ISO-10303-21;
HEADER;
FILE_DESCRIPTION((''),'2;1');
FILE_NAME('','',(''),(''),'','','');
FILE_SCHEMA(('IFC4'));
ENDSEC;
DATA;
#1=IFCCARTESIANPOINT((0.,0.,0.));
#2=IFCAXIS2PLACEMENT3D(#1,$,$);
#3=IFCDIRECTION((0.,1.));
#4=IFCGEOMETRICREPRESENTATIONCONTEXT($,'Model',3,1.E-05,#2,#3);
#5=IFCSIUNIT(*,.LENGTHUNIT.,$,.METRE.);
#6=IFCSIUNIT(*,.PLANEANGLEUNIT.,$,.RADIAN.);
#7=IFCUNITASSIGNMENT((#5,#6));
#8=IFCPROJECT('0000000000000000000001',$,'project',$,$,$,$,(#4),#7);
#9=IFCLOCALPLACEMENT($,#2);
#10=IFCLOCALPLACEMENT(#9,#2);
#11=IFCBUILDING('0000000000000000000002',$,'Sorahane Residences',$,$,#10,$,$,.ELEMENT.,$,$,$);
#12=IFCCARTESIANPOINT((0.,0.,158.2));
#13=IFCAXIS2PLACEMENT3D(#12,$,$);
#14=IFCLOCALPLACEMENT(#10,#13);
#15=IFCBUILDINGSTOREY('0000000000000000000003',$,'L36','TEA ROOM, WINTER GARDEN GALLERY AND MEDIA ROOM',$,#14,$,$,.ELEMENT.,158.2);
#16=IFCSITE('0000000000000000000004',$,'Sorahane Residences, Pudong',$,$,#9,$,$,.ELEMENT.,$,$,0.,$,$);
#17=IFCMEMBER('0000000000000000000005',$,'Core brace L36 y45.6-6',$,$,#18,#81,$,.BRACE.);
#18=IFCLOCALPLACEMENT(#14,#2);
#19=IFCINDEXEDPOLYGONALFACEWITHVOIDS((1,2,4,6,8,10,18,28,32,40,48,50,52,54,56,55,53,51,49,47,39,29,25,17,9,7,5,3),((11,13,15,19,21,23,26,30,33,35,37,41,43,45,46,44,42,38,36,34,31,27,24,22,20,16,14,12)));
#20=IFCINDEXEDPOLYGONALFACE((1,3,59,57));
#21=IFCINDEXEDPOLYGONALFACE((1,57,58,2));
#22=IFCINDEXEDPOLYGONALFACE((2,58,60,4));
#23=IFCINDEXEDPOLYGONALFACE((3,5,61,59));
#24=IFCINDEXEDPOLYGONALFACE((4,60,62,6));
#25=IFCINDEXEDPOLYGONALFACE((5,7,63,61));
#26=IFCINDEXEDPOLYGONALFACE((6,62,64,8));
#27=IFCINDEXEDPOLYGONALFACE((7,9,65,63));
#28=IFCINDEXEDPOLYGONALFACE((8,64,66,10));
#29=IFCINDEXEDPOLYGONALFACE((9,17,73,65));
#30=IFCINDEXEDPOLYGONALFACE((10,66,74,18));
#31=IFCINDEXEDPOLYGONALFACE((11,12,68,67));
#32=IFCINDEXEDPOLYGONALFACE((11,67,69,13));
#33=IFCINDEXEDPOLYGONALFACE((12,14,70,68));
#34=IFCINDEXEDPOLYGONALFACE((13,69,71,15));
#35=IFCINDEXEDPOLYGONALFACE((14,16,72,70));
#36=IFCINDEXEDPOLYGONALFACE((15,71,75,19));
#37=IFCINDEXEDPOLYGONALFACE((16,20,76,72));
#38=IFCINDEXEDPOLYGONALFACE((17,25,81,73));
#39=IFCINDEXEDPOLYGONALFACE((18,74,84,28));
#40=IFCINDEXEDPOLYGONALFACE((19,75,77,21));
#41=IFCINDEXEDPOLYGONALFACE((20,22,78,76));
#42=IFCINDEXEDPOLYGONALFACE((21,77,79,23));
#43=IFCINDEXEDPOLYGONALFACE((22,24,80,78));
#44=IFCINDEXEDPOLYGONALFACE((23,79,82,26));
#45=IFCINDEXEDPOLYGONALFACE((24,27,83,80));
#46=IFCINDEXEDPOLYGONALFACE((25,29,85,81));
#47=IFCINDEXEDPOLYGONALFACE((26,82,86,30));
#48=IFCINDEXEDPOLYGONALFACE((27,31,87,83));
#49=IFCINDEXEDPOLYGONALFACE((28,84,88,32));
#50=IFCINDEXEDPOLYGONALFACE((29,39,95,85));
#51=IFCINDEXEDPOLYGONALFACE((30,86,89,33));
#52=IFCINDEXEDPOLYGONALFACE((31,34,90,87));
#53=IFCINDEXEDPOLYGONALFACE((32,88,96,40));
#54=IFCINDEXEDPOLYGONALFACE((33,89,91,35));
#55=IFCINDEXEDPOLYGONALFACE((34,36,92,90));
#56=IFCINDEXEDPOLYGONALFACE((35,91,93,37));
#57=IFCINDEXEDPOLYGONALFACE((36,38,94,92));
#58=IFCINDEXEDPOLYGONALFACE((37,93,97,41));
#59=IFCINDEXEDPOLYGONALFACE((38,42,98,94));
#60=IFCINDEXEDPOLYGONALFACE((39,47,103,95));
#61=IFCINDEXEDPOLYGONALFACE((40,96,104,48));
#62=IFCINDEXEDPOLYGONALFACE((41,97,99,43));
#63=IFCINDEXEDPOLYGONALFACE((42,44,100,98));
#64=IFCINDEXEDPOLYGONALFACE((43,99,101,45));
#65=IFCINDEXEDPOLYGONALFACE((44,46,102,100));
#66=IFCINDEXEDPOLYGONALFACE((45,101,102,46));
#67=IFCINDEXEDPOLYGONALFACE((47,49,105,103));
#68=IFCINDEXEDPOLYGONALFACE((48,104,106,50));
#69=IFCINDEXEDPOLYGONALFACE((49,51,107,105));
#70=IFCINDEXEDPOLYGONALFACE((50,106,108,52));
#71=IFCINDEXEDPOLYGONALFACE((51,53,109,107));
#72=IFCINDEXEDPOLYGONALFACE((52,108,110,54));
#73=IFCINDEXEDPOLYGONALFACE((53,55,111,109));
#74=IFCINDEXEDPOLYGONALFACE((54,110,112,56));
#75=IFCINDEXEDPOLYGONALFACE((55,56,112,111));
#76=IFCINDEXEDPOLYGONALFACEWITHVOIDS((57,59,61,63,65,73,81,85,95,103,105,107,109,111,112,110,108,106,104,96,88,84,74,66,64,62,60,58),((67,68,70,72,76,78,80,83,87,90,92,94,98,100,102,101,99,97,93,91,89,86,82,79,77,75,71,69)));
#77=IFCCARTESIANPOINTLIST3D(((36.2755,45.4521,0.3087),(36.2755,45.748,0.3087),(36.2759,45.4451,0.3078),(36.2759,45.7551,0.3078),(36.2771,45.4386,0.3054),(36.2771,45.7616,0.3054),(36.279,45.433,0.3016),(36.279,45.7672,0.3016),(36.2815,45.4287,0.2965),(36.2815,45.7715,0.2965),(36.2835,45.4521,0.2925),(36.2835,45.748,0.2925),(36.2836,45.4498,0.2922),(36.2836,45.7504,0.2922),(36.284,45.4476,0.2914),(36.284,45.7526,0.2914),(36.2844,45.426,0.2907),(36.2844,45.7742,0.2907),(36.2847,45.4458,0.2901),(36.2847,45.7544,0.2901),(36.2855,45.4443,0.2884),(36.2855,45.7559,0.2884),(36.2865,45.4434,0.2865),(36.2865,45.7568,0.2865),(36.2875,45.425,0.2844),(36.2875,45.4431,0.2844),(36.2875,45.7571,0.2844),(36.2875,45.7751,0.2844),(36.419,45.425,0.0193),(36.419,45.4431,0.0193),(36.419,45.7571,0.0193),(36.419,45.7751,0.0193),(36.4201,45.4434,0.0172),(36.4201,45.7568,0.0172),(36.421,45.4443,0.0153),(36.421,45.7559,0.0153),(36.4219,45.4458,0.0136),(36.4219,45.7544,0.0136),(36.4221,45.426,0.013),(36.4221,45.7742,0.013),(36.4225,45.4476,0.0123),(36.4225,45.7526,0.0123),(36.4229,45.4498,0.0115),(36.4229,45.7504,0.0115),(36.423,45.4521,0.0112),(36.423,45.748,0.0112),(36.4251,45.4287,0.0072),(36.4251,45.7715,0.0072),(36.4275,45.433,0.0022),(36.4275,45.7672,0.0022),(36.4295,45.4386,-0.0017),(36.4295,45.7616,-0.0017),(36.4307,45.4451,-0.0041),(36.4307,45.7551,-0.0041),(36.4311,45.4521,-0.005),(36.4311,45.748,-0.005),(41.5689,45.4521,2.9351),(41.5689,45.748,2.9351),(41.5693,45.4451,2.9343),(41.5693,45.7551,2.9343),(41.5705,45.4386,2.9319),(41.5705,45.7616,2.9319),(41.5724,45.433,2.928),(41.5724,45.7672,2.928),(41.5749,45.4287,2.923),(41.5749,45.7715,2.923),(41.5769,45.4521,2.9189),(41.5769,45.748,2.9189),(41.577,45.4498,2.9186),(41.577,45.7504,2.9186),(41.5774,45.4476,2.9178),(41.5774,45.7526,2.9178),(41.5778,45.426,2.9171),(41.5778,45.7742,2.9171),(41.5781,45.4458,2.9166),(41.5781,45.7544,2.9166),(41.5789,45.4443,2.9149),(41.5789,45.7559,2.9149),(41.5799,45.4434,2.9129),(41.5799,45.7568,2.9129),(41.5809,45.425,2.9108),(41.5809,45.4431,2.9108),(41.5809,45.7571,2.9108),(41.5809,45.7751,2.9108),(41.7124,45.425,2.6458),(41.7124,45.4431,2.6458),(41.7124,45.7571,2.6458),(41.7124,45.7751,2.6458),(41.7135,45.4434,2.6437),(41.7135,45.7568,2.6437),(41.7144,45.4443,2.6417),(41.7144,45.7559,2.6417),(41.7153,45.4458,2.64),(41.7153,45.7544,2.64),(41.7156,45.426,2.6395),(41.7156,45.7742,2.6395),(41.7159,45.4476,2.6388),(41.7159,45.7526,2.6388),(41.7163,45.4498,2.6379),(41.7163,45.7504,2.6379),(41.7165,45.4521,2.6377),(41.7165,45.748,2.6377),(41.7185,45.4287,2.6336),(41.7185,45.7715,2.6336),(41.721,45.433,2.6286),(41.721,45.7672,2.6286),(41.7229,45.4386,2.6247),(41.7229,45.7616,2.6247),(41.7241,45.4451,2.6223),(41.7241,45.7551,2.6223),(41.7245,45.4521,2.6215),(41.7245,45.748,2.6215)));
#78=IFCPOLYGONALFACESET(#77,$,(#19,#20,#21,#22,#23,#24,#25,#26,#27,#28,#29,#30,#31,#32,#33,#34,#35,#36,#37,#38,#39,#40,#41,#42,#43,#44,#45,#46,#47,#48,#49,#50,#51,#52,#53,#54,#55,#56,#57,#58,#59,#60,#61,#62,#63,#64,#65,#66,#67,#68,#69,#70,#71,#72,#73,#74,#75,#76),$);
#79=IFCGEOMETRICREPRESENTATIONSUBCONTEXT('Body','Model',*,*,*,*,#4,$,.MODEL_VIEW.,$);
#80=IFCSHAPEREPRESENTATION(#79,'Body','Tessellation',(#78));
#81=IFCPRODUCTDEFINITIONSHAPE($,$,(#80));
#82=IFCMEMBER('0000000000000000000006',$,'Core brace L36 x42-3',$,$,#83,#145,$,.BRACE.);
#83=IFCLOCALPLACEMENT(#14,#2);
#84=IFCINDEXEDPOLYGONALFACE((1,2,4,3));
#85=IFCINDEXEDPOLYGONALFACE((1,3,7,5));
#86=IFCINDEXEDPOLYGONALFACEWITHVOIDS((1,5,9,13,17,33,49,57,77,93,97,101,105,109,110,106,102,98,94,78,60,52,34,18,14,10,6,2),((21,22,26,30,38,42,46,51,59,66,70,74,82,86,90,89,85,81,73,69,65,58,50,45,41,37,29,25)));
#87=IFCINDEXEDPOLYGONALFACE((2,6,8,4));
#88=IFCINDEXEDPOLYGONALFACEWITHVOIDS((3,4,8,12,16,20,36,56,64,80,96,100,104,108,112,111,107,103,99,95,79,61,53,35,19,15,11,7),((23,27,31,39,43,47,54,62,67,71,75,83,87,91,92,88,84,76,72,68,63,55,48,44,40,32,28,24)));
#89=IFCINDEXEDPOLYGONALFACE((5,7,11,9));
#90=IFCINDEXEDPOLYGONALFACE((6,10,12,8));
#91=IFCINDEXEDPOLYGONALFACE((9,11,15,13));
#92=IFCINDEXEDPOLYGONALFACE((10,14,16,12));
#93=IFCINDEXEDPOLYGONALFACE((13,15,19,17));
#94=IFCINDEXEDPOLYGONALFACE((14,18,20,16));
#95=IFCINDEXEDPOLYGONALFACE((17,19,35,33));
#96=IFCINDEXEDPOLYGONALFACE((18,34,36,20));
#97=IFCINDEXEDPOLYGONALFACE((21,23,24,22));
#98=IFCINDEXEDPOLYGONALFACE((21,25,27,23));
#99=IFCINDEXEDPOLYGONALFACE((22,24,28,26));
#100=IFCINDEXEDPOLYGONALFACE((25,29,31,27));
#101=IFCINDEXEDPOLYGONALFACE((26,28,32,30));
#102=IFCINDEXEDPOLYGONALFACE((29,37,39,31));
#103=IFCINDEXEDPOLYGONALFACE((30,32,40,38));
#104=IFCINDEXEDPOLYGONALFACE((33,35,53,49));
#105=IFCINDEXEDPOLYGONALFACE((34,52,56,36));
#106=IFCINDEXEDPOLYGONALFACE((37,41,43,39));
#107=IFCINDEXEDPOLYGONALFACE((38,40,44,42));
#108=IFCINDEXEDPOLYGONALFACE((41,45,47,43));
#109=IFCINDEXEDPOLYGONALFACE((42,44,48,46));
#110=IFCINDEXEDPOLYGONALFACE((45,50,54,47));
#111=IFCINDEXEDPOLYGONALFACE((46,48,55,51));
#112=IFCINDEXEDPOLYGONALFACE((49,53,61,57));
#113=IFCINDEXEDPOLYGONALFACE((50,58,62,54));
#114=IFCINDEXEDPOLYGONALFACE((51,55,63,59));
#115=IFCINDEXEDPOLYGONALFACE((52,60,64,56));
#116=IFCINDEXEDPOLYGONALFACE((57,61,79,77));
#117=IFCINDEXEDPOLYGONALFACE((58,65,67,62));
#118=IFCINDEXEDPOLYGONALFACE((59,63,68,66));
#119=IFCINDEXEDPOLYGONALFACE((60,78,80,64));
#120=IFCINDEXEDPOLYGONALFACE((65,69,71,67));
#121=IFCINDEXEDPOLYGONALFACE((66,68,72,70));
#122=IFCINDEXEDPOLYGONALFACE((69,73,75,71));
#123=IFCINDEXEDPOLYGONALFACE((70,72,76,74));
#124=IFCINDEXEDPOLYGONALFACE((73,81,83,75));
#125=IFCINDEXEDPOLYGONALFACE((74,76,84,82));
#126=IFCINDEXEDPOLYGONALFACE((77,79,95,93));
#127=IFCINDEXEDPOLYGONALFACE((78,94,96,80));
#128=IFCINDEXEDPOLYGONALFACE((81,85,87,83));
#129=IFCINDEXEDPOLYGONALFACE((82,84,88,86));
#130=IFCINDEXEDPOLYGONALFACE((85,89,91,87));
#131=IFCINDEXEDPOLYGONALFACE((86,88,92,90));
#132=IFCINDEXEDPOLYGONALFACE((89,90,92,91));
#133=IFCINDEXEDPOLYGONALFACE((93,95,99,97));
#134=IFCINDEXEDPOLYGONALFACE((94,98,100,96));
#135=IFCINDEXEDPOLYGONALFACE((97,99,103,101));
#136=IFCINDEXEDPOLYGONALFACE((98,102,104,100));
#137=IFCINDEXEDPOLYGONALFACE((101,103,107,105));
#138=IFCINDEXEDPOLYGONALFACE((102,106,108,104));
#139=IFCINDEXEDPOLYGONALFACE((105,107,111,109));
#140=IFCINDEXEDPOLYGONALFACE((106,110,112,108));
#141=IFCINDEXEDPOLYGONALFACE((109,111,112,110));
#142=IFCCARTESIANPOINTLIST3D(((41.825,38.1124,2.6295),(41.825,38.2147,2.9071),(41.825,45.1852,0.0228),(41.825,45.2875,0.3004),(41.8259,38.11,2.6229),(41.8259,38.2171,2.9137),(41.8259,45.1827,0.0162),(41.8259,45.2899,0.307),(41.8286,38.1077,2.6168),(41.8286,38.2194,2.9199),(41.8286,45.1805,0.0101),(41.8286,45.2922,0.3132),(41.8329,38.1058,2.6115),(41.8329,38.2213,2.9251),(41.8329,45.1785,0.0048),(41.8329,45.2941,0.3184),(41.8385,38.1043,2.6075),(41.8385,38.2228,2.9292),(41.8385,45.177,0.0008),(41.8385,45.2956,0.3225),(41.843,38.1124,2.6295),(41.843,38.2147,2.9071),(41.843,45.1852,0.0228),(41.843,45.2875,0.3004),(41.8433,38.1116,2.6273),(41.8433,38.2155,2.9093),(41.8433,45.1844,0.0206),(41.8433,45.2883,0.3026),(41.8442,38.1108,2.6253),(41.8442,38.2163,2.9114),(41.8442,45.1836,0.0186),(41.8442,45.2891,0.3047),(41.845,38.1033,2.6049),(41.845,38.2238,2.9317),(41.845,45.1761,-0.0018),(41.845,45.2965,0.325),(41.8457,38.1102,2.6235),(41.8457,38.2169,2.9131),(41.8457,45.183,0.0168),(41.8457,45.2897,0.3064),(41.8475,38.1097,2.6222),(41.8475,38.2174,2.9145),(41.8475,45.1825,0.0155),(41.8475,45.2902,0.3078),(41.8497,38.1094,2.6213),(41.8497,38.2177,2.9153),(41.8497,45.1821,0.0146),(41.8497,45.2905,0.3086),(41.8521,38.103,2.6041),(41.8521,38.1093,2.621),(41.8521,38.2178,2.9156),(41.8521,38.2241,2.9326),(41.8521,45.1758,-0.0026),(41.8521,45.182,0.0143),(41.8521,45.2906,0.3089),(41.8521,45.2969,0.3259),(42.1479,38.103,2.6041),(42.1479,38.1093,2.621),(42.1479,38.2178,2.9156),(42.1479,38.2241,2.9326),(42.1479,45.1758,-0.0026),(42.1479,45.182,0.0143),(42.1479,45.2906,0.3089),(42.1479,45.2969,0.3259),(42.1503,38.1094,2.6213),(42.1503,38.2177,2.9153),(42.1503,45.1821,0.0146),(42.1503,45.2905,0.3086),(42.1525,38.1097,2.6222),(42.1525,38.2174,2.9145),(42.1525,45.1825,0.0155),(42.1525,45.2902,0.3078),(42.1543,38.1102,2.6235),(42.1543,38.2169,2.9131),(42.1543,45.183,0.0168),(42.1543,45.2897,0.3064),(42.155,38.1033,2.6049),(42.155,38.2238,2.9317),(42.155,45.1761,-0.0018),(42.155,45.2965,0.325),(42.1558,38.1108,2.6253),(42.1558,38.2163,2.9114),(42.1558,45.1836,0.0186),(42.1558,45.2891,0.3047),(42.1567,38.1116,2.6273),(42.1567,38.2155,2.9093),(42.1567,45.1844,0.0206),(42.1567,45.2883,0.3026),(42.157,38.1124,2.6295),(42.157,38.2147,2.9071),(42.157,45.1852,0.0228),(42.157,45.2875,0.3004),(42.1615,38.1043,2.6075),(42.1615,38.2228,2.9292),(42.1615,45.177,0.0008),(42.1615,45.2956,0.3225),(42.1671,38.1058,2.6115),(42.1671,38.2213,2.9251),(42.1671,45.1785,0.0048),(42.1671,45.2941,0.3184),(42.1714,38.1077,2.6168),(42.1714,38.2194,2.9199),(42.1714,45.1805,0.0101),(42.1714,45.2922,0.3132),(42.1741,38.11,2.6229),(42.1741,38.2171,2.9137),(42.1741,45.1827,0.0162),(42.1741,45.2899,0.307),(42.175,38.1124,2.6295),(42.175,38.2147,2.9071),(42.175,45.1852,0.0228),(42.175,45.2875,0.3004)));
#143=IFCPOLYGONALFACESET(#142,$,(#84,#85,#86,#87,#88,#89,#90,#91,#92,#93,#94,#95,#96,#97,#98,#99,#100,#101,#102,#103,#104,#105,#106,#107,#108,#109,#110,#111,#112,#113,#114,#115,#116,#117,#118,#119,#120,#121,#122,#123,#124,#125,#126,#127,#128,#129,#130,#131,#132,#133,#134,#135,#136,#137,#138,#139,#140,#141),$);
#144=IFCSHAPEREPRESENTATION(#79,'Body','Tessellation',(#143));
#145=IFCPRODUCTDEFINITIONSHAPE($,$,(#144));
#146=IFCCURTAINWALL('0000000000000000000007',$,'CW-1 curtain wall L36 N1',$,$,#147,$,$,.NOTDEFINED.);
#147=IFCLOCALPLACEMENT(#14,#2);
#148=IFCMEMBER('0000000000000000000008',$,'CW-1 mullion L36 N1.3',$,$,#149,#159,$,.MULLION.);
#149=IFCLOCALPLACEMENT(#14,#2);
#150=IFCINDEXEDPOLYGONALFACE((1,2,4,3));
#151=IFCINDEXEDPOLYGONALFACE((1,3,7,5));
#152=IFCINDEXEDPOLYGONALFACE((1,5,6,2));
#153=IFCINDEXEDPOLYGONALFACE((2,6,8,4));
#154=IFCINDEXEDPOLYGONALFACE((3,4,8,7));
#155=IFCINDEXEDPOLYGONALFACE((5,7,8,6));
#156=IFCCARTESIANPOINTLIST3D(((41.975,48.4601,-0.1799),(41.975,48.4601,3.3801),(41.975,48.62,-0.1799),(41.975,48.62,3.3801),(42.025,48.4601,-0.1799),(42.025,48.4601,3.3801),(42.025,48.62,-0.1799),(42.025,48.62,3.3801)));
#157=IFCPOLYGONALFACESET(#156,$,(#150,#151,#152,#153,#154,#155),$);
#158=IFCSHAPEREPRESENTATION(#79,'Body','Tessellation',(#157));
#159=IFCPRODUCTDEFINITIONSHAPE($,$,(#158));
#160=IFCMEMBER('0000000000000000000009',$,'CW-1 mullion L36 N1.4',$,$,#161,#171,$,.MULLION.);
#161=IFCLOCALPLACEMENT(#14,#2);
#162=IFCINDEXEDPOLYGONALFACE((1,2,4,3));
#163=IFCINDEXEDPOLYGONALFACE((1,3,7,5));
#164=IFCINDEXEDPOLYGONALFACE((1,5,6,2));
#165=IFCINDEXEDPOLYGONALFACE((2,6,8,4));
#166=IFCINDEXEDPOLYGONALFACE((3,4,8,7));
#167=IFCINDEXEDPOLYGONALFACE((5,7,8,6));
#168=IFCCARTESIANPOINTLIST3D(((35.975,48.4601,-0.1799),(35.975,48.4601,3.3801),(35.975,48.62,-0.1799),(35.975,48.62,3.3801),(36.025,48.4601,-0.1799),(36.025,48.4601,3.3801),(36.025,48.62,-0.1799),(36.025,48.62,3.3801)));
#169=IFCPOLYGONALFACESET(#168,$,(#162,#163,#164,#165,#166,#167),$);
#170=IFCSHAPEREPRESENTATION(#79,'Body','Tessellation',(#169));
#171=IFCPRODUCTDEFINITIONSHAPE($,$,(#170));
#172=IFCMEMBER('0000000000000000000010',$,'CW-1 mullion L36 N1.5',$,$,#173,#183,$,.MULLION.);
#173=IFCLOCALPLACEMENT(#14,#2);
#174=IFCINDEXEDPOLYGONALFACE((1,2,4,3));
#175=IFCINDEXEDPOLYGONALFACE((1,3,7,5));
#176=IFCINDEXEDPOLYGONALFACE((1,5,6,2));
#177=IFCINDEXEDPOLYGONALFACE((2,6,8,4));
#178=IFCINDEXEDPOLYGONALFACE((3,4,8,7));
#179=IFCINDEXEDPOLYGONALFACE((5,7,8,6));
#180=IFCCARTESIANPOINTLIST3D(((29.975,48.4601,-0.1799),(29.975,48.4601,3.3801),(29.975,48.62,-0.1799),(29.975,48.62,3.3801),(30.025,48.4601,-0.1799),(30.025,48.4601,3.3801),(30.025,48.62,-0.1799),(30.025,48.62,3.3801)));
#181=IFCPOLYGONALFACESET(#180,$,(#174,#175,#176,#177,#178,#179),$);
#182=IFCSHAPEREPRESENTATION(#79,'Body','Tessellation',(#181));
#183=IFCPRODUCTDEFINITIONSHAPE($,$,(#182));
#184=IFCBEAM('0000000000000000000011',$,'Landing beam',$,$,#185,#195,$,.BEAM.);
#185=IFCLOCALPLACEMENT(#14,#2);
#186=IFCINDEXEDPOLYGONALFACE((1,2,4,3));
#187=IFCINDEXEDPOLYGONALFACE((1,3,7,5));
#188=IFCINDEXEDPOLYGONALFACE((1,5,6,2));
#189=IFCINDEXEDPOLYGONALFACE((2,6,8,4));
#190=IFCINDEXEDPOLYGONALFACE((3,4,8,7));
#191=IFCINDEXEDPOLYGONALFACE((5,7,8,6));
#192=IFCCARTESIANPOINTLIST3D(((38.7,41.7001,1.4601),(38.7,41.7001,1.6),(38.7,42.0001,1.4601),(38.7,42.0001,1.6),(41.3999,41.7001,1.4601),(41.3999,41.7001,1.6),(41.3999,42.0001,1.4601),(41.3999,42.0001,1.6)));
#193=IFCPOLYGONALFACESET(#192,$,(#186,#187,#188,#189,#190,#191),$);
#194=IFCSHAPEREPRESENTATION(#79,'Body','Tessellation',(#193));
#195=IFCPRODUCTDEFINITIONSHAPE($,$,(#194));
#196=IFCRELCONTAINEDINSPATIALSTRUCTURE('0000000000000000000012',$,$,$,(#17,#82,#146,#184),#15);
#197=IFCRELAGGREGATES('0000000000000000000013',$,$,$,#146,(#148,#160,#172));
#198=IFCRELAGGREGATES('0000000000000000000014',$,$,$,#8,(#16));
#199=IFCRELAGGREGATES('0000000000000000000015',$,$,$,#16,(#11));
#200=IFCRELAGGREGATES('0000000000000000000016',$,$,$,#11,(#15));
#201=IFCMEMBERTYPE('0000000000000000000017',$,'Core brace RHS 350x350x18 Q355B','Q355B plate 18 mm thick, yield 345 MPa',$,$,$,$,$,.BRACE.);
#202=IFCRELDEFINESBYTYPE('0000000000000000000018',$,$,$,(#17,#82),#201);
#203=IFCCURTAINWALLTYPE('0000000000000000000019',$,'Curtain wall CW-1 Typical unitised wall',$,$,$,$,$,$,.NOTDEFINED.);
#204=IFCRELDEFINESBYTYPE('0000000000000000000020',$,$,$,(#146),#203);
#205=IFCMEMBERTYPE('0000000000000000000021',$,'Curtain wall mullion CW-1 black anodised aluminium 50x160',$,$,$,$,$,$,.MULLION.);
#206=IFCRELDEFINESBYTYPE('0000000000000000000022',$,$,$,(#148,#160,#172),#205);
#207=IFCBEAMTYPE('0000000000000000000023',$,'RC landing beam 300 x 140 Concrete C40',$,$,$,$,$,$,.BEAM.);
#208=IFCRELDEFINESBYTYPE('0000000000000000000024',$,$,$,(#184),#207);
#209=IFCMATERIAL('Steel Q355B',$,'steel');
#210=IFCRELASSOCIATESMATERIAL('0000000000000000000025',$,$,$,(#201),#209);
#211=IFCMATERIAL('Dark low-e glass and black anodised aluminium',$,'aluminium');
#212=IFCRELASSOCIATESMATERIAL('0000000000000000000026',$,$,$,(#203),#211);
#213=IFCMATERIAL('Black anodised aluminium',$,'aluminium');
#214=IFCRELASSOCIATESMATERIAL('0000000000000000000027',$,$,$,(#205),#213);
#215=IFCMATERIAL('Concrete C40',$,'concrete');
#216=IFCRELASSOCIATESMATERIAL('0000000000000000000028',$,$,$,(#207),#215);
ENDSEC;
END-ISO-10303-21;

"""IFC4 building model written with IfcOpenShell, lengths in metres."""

from ifc_helpers import new_model, si_unit, direction, frame, origin, origin_2d, place, context, subcontext, project, spatial, rectangle, hollow_rectangle, extrude, material, material_profile, profile_set, type_object, element, aggregate, save


model = new_model("IFC4")

# Units and contexts
model_context = context("Model", 3, precision=1e-05, world=origin(), true_north=direction((0.0, 1.0)))
body_context = subcontext(model_context, "Body", "Model", "MODEL_VIEW")
ifc_project = project(units=[si_unit("LENGTHUNIT", "METRE"), si_unit("PLANEANGLEUNIT", "RADIAN")], contexts=[model_context])

# Site, building, storey
site_placement = place(None, origin())
site = spatial("IfcSite", under=ifc_project, at=site_placement, Name="Sorahane Residences, Pudong", CompositionType="ELEMENT", RefElevation=0.0)
building_placement = place(site_placement, origin())
building = spatial("IfcBuilding", under=site, at=building_placement, Name="Sorahane Residences", CompositionType="ELEMENT")
storey_placement = place(building_placement, frame((0.0, 0.0, 158.2)))
storey = spatial("IfcBuildingStorey", under=building, at=storey_placement, Name="L36", Description="TEA ROOM, WINTER GARDEN GALLERY AND MEDIA ROOM", CompositionType="ELEMENT", Elevation=158.2)

# Members
ifc_material_1 = material(Name="Steel Q355B", Category="steel")
ifc_material_profile_1 = material_profile(ifc_material_1, hollow_rectangle(XDim=0.3501, YDim=0.3501, WallThickness=0.0181, InnerFilletRadius=0.009, OuterFilletRadius=0.0271, at=origin_2d()), Name="RHS 350x350x18")
ifc_profile_set_1 = profile_set([ifc_material_profile_1], Name="Steel Q355B")
member_type_1 = type_object("IfcMemberType", Name="Core brace RHS 350x350x18 Q355B", Description="Q355B plate 18 mm thick, yield 345 MPa", PredefinedType="BRACE", material=ifc_profile_set_1)
for number, where, z_axis, x_axis, name in (
    (1, (36.3533, 45.6001, 0.1519), (0.895795, 0.0, 0.444468), (0.0, 1.0, 0.0), "Core brace L36 y45.6-6"),
):
    element("IfcMember", number, at=place(storey_placement, frame(where, z_axis=z_axis, x_axis=x_axis)), inside=storey, type_object=member_type_1, Name=name, PredefinedType="BRACE", context=body_context, shape_type="SweptSolid", body=[
        extrude(hollow_rectangle(XDim=0.3501, YDim=0.3501, WallThickness=0.0181, InnerFilletRadius=0.009, OuterFilletRadius=0.0271, at=origin_2d()), origin(), (0.0, 0.0, 1.0), 5.9092),
    ])
member_1_placement = place(storey_placement, frame((42.0, 45.2363, 0.1616), z_axis=(0.0, -0.938303, 0.345815), x_axis=(1.0, 0.0, 0.0)))
element("IfcMember", 2, at=member_1_placement, inside=storey, type_object=member_type_1, Name="Core brace L36 x42-3", PredefinedType="BRACE", context=body_context, shape_type="SweptSolid", body=[
    extrude(hollow_rectangle(XDim=0.3501, YDim=0.3501, WallThickness=0.0181, InnerFilletRadius=0.009, OuterFilletRadius=0.0271, at=origin_2d()), origin(), (0.0, 0.0, 1.0), 7.5378),
])

# Curtain wall, members
ifc_material_2 = material(Name="Dark low-e glass and black anodised aluminium", Category="aluminium")
curtain_wall_type = type_object("IfcCurtainWallType", Name="Curtain wall CW-1 Typical unitised wall", PredefinedType="NOTDEFINED", material=ifc_material_2)
curtain_wall_placement = place(storey_placement, origin())
curtain_wall = element("IfcCurtainWall", 3, at=curtain_wall_placement, inside=storey, type_object=curtain_wall_type, Name="CW-1 curtain wall L36 N1", PredefinedType="NOTDEFINED")
ifc_material_3 = material(Name="Black anodised aluminium", Category="aluminium")
ifc_material_profile_2 = material_profile(ifc_material_3, rectangle(XDim=0.1599, YDim=0.05, at=origin_2d()), Name="Curtain wall mullion CW-1 black anodised aluminium 50x160")
ifc_profile_set_2 = profile_set([ifc_material_profile_2], Name="Black anodised aluminium")
member_type_2 = type_object("IfcMemberType", Name="Curtain wall mullion CW-1 black anodised aluminium 50x160", PredefinedType="MULLION", material=ifc_profile_set_2)
member_2_placement = place(storey_placement, frame((42.0, 48.54, -0.1799), z_axis=(0.0, 0.0, 1.0), x_axis=(0.0, 1.0, 0.0)))
member_2 = element("IfcMember", 4, at=member_2_placement, type_object=member_type_2, Name="CW-1 mullion L36 N1.3", PredefinedType="MULLION", context=body_context, shape_type="SweptSolid", body=[
    extrude(rectangle(XDim=0.1599, YDim=0.05, at=origin_2d()), origin(), (0.0, 0.0, 1.0), 3.5601),
])
member_3_placement = place(storey_placement, frame((36.0, 48.54, -0.1799), z_axis=(0.0, 0.0, 1.0), x_axis=(0.0, 1.0, 0.0)))
member_3 = element("IfcMember", 5, at=member_3_placement, type_object=member_type_2, Name="CW-1 mullion L36 N1.4", PredefinedType="MULLION", context=body_context, shape_type="SweptSolid", body=[
    extrude(rectangle(XDim=0.1599, YDim=0.05, at=origin_2d()), origin(), (0.0, 0.0, 1.0), 3.5601),
])
member_4_placement = place(storey_placement, frame((30.0, 48.54, -0.1799), z_axis=(0.0, 0.0, 1.0), x_axis=(0.0, 1.0, 0.0)))
member_4 = element("IfcMember", 6, at=member_4_placement, type_object=member_type_2, Name="CW-1 mullion L36 N1.5", PredefinedType="MULLION", context=body_context, shape_type="SweptSolid", body=[
    extrude(rectangle(XDim=0.1599, YDim=0.05, at=origin_2d()), origin(), (0.0, 0.0, 1.0), 3.5601),
])

# Beam
ifc_material_4 = material(Name="Concrete C40", Category="concrete")
ifc_material_profile_3 = material_profile(ifc_material_4, rectangle(XDim=0.3, YDim=0.1399, at=origin_2d()), Name="300x140")
ifc_profile_set_3 = profile_set([ifc_material_profile_3], Name="Concrete C40")
beam_type_1 = type_object("IfcBeamType", Name="RC landing beam 300 x 140 Concrete C40", PredefinedType="BEAM", material=ifc_profile_set_3)
for number, where, z_axis, x_axis, name in (
    (7, (38.7, 41.8501, 1.53), (1.0, 0.0, 0.0), (0.0, 1.0, 0.0), "Landing beam"),
):
    element("IfcBeam", number, at=place(storey_placement, frame(where, z_axis=z_axis, x_axis=x_axis)), inside=storey, type_object=beam_type_1, Name=name, PredefinedType="BEAM", context=body_context, shape_type="SweptSolid", body=[
        extrude(rectangle(XDim=0.3, YDim=0.1399, at=origin_2d()), origin(), (0.0, 0.0, 1.0), 2.7),
    ])

aggregate(curtain_wall, [member_2, member_3, member_4])

save(model, "model.ifc")
